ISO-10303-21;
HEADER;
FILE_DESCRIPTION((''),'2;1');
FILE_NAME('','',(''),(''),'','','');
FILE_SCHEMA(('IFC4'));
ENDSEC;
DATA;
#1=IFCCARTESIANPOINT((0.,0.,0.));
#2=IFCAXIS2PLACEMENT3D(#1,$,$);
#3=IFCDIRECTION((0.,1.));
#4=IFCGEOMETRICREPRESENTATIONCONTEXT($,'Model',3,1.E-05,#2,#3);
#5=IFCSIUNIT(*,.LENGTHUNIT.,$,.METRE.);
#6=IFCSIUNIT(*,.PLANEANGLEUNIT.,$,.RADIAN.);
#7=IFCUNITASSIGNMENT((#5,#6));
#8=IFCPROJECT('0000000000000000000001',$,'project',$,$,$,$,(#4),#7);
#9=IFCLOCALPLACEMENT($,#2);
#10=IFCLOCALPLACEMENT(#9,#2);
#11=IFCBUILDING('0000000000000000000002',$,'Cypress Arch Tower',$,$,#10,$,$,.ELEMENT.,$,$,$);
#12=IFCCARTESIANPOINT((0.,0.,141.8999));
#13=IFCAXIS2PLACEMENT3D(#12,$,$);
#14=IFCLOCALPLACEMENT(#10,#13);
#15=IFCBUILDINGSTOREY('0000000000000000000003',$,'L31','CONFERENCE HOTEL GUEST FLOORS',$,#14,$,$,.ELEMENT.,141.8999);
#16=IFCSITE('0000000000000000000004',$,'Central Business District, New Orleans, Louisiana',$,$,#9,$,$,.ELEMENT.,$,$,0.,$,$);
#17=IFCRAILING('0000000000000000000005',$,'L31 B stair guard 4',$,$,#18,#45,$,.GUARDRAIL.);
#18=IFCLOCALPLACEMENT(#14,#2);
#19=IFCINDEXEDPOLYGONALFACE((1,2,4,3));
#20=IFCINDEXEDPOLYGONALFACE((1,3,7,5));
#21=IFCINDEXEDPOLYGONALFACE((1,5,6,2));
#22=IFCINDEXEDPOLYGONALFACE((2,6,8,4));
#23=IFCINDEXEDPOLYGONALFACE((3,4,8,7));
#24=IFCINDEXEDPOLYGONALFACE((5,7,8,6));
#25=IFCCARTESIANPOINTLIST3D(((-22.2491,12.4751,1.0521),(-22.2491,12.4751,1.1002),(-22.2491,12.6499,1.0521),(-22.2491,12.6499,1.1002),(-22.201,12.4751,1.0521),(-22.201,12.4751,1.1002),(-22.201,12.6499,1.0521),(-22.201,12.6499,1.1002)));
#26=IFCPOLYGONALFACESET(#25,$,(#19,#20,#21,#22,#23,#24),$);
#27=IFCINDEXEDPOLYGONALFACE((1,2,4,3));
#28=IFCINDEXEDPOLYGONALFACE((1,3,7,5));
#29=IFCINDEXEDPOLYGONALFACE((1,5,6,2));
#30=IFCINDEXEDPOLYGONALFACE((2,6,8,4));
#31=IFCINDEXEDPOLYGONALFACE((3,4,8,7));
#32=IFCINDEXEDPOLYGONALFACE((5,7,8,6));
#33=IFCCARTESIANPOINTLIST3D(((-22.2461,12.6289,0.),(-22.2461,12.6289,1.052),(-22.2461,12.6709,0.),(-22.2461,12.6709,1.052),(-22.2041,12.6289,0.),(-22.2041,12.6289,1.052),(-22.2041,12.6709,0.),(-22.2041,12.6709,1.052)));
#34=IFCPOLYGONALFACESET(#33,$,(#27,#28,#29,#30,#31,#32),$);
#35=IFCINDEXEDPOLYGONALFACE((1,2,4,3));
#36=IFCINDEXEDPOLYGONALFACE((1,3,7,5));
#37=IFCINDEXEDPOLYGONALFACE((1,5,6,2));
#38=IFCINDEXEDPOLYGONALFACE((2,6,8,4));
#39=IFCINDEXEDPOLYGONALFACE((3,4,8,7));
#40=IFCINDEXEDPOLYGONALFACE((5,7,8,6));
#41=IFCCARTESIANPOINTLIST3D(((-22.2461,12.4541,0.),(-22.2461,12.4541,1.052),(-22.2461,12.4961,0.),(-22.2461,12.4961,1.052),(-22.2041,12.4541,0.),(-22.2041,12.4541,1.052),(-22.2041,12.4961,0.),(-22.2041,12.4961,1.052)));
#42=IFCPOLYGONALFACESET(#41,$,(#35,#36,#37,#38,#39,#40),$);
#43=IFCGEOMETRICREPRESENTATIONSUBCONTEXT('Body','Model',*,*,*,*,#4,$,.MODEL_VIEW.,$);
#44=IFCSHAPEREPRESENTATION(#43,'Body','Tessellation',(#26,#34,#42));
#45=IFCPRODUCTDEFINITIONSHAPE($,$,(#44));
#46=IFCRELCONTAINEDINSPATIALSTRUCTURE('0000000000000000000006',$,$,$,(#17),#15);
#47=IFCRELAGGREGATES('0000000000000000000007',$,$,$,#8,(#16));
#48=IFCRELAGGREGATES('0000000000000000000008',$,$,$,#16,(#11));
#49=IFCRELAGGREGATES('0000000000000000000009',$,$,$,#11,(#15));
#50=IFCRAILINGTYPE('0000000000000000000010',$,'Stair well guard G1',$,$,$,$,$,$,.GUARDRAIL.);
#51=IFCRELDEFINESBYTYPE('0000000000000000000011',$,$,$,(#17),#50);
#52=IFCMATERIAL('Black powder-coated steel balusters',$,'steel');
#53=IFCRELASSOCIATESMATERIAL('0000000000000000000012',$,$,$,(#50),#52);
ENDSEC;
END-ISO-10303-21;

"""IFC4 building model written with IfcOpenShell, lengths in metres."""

from ifc_helpers import new_model, si_unit, direction, frame, origin, origin_2d, place, context, subcontext, project, spatial, rectangle, extrude, material, type_object, element, save


model = new_model("IFC4")

# Units and contexts
model_context = context("Model", 3, precision=1e-05, world=origin(), true_north=direction((0.0, 1.0)))
body_context = subcontext(model_context, "Body", "Model", "MODEL_VIEW")
ifc_project = project(units=[si_unit("LENGTHUNIT", "METRE"), si_unit("PLANEANGLEUNIT", "RADIAN")], contexts=[model_context])

# Site, building, storey
site_placement = place(None, origin())
site = spatial("IfcSite", under=ifc_project, at=site_placement, Name="Central Business District, New Orleans, Louisiana", CompositionType="ELEMENT", RefElevation=0.0)
building_placement = place(site_placement, origin())
building = spatial("IfcBuilding", under=site, at=building_placement, Name="Cypress Arch Tower", CompositionType="ELEMENT")
storey_placement = place(building_placement, frame((0.0, 0.0, 141.8999)))
storey = spatial("IfcBuildingStorey", under=building, at=storey_placement, Name="L31", Description="CONFERENCE HOTEL GUEST FLOORS", CompositionType="ELEMENT", Elevation=141.8999)

# Railing
ifc_material_1 = material(Name="Black powder-coated steel balusters", Category="steel")
railing_type_1 = type_object("IfcRailingType", Name="Stair well guard G1", PredefinedType="GUARDRAIL", material=ifc_material_1)
railing_1_placement = place(storey_placement, frame((-22.2251, 12.6499, 0.0)))
element("IfcRailing", 1, at=railing_1_placement, inside=storey, type_object=railing_type_1, Name="L31 B stair guard 4", PredefinedType="GUARDRAIL", context=body_context, shape_type="SweptSolid", body=[
    extrude(rectangle(XDim=0.0481, YDim=0.0481, at=origin_2d()), frame((0.0, 0.0, 1.0762), z_axis=(0.0, -1.0, 0.0), x_axis=(1.0, 0.0, 0.0)), (0.0, 0.0, 1.0), 0.1748),
    extrude(rectangle(XDim=0.042, YDim=0.042, at=origin_2d()), origin(), (0.0, 0.0, 1.0), 1.052),
    extrude(rectangle(XDim=0.042, YDim=0.042, at=origin_2d()), frame((0.0, -0.1748, 0.0)), (0.0, 0.0, 1.0), 1.052),
])

save(model, "model.ifc")
